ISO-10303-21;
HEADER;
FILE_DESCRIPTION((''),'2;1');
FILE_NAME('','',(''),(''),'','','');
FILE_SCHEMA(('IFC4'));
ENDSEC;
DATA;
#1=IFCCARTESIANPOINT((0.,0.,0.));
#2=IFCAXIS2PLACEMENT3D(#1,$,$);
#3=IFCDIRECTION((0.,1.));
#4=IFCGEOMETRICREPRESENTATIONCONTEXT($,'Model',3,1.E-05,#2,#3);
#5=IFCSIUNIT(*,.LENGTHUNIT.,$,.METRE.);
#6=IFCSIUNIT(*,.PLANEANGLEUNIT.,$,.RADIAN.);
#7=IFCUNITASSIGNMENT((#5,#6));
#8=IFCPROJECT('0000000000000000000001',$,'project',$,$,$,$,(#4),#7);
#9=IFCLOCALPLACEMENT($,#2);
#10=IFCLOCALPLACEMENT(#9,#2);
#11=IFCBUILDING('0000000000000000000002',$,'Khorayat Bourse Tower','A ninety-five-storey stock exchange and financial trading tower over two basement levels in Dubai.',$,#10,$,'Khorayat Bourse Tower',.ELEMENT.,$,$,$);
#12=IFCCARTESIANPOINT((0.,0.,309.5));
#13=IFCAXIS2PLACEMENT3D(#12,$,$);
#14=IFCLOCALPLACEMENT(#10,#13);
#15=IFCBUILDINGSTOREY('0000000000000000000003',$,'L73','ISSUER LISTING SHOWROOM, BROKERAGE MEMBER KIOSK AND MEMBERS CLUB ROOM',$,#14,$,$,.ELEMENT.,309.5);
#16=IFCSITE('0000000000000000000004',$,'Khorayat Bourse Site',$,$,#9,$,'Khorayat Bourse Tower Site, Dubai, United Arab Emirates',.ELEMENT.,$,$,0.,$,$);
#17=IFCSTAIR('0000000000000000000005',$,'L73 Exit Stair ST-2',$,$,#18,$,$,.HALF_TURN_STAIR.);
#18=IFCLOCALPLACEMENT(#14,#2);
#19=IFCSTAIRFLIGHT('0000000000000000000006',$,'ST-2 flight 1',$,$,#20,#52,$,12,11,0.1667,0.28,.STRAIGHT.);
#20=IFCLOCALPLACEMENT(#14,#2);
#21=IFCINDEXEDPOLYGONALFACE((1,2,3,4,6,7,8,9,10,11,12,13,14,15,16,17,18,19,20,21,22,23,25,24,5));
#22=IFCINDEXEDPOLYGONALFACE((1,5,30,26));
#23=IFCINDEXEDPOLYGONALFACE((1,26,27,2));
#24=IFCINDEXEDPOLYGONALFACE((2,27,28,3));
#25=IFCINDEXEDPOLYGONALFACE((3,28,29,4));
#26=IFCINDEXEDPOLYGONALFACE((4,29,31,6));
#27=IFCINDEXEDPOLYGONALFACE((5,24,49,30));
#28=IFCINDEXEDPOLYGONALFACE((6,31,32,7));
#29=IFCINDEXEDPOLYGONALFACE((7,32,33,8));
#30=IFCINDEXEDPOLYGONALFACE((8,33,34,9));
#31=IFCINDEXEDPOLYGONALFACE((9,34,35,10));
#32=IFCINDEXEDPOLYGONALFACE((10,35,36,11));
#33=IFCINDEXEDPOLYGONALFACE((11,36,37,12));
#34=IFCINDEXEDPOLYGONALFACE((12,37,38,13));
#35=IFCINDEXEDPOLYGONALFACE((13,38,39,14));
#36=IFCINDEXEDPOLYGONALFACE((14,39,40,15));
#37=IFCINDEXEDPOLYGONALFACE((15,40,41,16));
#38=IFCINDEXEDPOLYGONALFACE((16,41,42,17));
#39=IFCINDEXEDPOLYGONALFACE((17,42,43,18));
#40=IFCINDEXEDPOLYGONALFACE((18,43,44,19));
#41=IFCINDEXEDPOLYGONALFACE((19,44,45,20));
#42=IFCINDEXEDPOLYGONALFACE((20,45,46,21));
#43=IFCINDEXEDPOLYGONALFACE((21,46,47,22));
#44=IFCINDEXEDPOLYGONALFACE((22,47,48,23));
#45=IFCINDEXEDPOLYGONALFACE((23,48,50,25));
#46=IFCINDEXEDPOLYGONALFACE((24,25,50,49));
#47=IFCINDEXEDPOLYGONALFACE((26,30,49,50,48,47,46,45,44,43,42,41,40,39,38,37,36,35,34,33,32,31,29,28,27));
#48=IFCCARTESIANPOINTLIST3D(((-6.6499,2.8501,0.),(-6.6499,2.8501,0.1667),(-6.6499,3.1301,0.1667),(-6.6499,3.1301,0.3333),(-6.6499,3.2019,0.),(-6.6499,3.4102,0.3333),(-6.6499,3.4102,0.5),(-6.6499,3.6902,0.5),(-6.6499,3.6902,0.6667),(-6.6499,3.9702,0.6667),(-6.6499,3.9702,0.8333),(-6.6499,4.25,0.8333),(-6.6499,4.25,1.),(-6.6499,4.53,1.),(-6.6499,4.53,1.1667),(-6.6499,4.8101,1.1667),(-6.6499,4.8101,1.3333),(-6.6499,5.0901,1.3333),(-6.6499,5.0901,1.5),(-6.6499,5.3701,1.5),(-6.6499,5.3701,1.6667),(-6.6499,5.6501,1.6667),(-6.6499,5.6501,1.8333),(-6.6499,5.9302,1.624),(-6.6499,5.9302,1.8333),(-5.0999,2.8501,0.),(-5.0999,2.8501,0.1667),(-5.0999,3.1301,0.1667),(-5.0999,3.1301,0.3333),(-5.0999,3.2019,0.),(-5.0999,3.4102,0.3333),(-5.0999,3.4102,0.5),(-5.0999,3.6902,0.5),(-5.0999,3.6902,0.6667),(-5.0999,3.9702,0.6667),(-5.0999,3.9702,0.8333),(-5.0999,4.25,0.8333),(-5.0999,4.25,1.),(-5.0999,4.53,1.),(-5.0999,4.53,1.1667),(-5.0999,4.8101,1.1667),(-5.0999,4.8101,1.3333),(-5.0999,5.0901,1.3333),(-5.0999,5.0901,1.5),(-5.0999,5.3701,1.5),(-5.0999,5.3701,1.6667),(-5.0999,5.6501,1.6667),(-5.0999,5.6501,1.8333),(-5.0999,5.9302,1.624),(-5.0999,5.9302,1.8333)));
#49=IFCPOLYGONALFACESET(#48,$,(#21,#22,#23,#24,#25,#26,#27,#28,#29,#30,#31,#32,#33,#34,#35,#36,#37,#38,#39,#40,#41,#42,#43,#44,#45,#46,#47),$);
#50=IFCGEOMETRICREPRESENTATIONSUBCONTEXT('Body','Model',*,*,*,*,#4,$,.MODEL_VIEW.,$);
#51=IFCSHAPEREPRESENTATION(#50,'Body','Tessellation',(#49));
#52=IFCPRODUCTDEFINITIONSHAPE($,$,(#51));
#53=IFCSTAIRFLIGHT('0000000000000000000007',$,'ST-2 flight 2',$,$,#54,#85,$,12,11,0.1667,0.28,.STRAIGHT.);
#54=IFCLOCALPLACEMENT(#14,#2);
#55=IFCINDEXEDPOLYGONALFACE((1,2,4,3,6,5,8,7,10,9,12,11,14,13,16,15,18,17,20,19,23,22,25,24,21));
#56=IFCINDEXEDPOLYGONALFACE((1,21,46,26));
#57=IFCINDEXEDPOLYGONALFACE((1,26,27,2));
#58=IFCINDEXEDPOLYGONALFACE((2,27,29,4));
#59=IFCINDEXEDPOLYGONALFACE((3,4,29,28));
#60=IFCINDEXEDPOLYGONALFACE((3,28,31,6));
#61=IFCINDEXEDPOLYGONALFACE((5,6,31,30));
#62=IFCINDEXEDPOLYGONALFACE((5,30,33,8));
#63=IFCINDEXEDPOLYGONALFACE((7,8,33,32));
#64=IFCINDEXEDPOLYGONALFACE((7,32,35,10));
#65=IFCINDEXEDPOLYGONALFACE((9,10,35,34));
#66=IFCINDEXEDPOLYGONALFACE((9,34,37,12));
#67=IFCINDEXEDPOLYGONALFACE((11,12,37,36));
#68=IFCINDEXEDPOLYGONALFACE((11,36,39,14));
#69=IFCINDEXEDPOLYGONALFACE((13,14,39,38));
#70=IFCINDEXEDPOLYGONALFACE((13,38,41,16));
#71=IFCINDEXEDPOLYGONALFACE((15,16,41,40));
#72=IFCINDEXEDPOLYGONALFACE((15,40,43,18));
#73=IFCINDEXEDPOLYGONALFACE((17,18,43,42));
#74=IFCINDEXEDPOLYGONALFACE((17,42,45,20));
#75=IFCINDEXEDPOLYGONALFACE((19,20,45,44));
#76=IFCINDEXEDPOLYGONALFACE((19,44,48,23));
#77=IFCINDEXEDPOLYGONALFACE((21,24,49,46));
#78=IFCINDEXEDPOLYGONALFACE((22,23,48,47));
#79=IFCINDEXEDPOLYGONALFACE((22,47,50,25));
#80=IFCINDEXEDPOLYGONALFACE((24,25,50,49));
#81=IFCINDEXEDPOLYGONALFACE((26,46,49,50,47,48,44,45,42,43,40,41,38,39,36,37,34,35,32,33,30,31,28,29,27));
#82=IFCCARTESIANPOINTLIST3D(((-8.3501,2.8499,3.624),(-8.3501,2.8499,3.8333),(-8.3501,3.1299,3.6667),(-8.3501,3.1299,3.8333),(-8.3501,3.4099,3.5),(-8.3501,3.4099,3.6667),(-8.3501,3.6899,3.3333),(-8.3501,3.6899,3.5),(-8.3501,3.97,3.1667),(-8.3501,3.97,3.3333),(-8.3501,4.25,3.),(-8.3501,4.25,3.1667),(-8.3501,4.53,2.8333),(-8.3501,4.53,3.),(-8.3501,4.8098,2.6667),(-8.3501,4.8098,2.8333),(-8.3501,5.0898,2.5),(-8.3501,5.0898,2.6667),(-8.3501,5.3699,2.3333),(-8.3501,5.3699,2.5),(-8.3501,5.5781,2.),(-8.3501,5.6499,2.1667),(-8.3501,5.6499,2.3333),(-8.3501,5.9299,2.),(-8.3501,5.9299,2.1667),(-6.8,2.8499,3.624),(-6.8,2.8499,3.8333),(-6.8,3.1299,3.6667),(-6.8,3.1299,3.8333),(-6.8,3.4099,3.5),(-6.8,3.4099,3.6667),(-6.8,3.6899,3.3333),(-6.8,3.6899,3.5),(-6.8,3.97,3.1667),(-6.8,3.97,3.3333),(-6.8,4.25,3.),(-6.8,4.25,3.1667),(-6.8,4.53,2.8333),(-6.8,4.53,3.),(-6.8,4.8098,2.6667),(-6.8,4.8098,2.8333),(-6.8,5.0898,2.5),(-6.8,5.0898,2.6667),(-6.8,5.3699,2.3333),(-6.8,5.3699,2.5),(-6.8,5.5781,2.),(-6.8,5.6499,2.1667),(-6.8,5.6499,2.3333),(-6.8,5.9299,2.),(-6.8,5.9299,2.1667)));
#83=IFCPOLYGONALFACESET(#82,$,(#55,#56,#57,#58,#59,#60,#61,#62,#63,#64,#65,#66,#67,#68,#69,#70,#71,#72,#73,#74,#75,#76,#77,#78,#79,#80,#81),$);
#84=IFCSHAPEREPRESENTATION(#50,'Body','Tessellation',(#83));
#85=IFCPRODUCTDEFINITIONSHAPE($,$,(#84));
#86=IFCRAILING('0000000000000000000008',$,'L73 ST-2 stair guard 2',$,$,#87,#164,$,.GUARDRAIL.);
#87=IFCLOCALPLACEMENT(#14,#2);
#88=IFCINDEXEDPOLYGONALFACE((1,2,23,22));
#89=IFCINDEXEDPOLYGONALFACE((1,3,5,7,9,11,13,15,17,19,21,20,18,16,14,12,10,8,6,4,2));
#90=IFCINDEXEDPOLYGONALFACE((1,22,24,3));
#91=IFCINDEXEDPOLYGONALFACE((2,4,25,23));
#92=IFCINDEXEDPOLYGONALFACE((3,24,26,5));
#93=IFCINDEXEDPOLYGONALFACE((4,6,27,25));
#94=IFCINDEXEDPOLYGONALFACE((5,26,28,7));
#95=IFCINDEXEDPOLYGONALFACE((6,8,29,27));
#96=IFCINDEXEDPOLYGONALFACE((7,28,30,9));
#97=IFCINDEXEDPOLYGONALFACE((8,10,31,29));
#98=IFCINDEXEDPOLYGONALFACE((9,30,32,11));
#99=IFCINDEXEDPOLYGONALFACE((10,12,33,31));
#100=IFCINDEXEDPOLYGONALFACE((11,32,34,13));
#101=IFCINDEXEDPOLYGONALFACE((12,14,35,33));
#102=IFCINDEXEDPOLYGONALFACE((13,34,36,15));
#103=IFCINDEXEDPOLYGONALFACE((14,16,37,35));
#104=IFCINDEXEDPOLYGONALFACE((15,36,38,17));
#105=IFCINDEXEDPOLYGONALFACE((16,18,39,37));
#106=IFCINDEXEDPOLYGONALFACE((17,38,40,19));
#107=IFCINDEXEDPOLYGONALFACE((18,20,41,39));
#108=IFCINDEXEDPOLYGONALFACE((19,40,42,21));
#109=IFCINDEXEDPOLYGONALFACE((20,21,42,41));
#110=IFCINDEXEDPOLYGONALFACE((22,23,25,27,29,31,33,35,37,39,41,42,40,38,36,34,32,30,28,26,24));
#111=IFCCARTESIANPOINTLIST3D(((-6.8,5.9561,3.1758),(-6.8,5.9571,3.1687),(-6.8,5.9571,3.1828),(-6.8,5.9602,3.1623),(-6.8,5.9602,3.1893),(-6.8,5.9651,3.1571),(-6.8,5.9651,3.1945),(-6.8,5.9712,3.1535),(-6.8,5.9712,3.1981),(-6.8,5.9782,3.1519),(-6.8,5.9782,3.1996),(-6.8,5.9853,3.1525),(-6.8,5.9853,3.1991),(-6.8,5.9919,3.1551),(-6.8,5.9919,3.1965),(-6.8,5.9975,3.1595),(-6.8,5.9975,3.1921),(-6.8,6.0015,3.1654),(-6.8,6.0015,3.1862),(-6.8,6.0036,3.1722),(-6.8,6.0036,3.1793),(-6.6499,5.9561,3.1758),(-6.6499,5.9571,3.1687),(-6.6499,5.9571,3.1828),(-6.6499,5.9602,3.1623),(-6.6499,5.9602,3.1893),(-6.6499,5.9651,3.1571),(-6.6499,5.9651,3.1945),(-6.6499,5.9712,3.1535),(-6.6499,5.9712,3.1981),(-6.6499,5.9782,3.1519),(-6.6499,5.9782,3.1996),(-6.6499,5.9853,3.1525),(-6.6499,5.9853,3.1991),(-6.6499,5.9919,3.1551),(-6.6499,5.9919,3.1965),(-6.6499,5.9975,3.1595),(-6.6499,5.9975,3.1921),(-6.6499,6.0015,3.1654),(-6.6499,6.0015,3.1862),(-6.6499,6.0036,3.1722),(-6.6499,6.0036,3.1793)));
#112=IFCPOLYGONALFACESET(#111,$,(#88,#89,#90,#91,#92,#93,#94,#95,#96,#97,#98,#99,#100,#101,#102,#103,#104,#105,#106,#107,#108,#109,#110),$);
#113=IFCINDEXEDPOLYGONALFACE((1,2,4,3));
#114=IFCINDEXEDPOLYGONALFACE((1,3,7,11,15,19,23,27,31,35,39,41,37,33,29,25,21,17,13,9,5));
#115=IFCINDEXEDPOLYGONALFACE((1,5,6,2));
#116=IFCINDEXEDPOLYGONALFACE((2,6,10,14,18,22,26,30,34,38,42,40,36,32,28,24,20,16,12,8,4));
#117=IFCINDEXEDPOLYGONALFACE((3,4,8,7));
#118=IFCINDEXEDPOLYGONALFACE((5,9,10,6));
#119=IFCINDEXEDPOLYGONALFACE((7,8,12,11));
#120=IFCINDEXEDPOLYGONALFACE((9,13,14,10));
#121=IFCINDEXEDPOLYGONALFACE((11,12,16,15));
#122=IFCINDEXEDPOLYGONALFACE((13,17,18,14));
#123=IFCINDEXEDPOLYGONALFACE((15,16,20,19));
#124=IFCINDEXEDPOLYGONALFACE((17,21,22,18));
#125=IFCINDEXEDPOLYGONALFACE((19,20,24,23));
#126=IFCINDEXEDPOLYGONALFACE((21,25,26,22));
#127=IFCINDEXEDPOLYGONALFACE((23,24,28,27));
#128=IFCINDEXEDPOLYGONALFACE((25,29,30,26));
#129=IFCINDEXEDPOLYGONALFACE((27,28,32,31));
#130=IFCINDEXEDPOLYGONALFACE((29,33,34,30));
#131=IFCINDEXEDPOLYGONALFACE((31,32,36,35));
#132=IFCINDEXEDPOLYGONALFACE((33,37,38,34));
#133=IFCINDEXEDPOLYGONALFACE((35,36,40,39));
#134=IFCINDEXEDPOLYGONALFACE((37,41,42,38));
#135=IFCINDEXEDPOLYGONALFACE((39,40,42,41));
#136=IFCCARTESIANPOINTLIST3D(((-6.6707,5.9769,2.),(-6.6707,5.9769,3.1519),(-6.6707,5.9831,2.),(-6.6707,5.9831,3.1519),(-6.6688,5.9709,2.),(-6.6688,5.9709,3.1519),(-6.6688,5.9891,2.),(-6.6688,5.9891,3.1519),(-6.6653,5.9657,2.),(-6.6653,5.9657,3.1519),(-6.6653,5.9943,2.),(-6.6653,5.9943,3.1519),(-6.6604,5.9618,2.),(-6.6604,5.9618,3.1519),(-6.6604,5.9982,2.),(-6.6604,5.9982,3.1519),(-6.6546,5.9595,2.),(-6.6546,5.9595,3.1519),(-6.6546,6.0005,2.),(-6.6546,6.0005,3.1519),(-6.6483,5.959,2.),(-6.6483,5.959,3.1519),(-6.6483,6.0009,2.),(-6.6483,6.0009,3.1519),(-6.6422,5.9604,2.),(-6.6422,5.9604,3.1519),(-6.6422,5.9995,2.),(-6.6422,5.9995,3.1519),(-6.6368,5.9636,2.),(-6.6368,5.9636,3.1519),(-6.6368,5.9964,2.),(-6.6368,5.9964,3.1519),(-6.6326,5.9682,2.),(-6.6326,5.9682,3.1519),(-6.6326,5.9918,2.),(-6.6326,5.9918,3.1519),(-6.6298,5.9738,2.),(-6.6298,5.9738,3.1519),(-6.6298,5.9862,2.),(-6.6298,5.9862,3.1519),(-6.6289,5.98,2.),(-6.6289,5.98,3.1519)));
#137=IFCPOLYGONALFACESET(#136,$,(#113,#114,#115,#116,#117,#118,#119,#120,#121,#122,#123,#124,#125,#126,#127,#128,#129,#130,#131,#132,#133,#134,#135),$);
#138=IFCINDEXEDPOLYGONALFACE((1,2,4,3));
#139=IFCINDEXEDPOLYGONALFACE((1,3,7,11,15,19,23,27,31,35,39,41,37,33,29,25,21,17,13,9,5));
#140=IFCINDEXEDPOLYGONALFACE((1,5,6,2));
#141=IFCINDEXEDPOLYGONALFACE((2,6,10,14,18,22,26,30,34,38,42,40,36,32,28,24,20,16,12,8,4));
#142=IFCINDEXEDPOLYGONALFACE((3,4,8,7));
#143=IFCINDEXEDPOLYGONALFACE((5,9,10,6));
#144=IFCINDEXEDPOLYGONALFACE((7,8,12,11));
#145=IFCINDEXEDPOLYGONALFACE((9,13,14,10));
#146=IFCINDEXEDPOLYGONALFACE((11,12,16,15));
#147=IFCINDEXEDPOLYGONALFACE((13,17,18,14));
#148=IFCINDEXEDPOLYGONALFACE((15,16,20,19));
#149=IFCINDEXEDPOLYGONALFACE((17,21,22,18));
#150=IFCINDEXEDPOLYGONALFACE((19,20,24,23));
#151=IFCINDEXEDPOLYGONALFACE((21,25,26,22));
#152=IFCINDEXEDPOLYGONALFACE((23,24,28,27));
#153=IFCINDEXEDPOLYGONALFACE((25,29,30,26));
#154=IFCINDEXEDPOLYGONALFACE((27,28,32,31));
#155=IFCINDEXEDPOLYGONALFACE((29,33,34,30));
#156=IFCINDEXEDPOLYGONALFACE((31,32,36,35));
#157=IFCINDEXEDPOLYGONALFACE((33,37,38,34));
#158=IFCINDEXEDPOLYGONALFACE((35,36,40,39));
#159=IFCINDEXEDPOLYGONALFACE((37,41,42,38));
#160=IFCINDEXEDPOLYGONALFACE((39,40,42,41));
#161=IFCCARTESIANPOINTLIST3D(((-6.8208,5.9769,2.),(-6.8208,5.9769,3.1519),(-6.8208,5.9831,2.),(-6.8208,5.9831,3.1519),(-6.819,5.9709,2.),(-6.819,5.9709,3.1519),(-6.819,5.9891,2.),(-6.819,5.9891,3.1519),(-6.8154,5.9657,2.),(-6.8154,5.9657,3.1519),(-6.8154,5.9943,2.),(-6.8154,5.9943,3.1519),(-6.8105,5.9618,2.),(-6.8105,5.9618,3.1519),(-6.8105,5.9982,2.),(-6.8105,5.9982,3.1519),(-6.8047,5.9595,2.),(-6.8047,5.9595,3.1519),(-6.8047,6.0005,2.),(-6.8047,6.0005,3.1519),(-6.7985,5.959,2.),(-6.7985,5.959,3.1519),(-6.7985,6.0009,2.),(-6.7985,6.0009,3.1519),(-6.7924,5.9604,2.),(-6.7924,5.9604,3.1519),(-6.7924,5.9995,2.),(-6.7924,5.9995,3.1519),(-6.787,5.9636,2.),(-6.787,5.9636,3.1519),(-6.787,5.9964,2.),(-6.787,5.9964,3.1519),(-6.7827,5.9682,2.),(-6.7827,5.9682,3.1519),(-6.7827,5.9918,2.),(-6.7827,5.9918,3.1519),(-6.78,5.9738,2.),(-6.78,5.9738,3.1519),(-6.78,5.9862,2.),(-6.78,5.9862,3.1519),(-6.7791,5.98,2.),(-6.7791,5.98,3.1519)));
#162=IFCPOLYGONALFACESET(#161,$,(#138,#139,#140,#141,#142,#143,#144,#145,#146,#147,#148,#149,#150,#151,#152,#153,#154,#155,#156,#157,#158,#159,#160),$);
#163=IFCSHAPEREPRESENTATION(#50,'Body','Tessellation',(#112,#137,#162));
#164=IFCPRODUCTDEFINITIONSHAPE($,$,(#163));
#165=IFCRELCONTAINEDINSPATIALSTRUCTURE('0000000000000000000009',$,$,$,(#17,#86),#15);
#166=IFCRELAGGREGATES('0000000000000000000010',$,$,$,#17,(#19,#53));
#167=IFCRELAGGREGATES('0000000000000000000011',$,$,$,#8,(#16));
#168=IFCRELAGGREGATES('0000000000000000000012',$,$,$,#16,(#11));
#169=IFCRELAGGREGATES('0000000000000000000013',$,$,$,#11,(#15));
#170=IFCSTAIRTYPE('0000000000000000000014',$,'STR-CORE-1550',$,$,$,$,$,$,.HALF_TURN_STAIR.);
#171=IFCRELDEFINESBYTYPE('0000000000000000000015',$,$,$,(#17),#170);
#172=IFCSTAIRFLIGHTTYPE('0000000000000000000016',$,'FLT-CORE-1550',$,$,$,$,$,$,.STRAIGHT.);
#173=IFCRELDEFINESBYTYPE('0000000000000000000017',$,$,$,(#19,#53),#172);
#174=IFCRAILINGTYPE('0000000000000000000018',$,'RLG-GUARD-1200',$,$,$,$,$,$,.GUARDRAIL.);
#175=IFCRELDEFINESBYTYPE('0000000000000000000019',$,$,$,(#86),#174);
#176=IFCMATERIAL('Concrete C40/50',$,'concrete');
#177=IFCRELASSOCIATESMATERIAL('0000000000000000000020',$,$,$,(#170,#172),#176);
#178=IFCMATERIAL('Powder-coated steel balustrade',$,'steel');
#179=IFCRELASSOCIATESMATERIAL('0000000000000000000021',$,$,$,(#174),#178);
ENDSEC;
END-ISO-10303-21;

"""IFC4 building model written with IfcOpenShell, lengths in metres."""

from ifc_helpers import new_model, si_unit, direction, frame, origin, origin_2d, place, context, subcontext, project, spatial, polyline, circle, outline, extrude, source, transform, mapped, material, type_object, element, aggregate, save


model = new_model("IFC4")

# Units and contexts
model_context = context("Model", 3, precision=1e-05, world=origin(), true_north=direction((0.0, 1.0)))
body_context = subcontext(model_context, "Body", "Model", "MODEL_VIEW")
ifc_project = project(units=[si_unit("LENGTHUNIT", "METRE"), si_unit("PLANEANGLEUNIT", "RADIAN")], contexts=[model_context])

# Site, building, storey
site_placement = place(None, origin())
site = spatial("IfcSite", under=ifc_project, at=site_placement, Name="Khorayat Bourse Site", LongName="Khorayat Bourse Tower Site, Dubai, United Arab Emirates", CompositionType="ELEMENT", RefElevation=0.0)
building_placement = place(site_placement, origin())
building = spatial("IfcBuilding", under=site, at=building_placement, Name="Khorayat Bourse Tower", Description="A ninety-five-storey stock exchange and financial trading tower over two basement levels in Dubai.", LongName="Khorayat Bourse Tower", CompositionType="ELEMENT")
storey_placement = place(building_placement, frame((0.0, 0.0, 309.5)))
storey = spatial("IfcBuildingStorey", under=building, at=storey_placement, Name="L73", Description="ISSUER LISTING SHOWROOM, BROKERAGE MEMBER KIOSK AND MEMBERS CLUB ROOM", CompositionType="ELEMENT", Elevation=309.5)

# Stair, stair flights
ifc_material_1 = material(Name="Concrete C40/50", Category="concrete")
stair_type = type_object("IfcStairType", Name="STR-CORE-1550", PredefinedType="HALF_TURN_STAIR", material=ifc_material_1)
stair_placement = place(storey_placement, origin())
stair = element("IfcStair", 1, at=stair_placement, inside=storey, type_object=stair_type, Name="L73 Exit Stair ST-2", PredefinedType="HALF_TURN_STAIR")
stair_flight_type = type_object("IfcStairFlightType", Name="FLT-CORE-1550", PredefinedType="STRAIGHT", material=ifc_material_1)
shared_shape_1 = source(origin(), body_context, "Body", "SweptSolid", [
    extrude(outline(polyline([(0.0, 0.0), (0.0, 0.1667), (0.28, 0.1667), (0.28, 0.3333), (0.5601, 0.3333), (0.5601, 0.5), (0.8401, 0.5), (0.8401, 0.6667), (1.1201, 0.6667), (1.1201, 0.8333), (1.3999, 0.8333), (1.3999, 1.0), (1.6799, 1.0), (1.6799, 1.1667), (1.96, 1.1667), (1.96, 1.3333), (2.24, 1.3333), (2.24, 1.5), (2.52, 1.5), (2.52, 1.6667), (2.8, 1.6667), (2.8, 1.8333), (3.0801, 1.8333), (3.0801, 2.0), (3.0801, 1.624), (0.3518, 0.0), (0.0, 0.0)])), frame((0.0, 0.7749, 0.0), z_axis=(0.0, -1.0, 0.0), x_axis=(1.0, 0.0, 0.0)), (0.0, 0.0, 1.0), 1.55),
])
stair_flight_1_placement = place(storey_placement, frame((-5.875, 2.8501, 0.0), z_axis=(0.0, 0.0, 1.0), x_axis=(0.0, 1.0, 0.0)))
stair_flight_1 = element("IfcStairFlight", 2, at=stair_flight_1_placement, type_object=stair_flight_type, Name="ST-2 flight 1", NumberOfRisers=12, NumberOfTreads=11, PredefinedType="STRAIGHT", RiserHeight=0.1667, TreadLength=0.28, context=body_context, shape_type="MappedRepresentation", body=[
    mapped(shared_shape_1, transform((0.0, 0.0, 0.0), scale=1.0)),
])
stair_flight_2_placement = place(storey_placement, frame((-7.575, 5.9299, 2.0), z_axis=(0.0, 0.0, 1.0), x_axis=(0.0, -1.0, 0.0)))
stair_flight_2 = element("IfcStairFlight", 3, at=stair_flight_2_placement, type_object=stair_flight_type, Name="ST-2 flight 2", NumberOfRisers=12, NumberOfTreads=11, PredefinedType="STRAIGHT", RiserHeight=0.1667, TreadLength=0.28, context=body_context, shape_type="MappedRepresentation", body=[
    mapped(shared_shape_1, transform((0.0, 0.0, 0.0), scale=1.0)),
])
aggregate(stair, [stair_flight_1, stair_flight_2])

# Railing
ifc_material_2 = material(Name="Powder-coated steel balustrade", Category="steel")
railing_type_1 = type_object("IfcRailingType", Name="RLG-GUARD-1200", PredefinedType="GUARDRAIL", material=ifc_material_2)
shared_shape_2 = source(origin(), body_context, "Body", "SweptSolid", [
    extrude(circle(Radius=0.0239, at=origin_2d()), frame((0.0, 0.0, 1.1758), z_axis=(-1.0, 0.0, 0.0), x_axis=(0.0, -1.0, 0.0)), (0.0, 0.0, 1.0), 0.1501),
    extrude(circle(Radius=0.021, at=origin_2d()), origin(), (0.0, 0.0, 1.0), 1.1519),
    extrude(circle(Radius=0.021, at=origin_2d()), frame((-0.1501, 0.0, 0.0)), (0.0, 0.0, 1.0), 1.1519),
])
for number, where, name in (
    (4, (-6.6499, 5.98, 2.0), "L73 ST-2 stair guard 2"),
):
    element("IfcRailing", number, at=place(storey_placement, frame(where)), inside=storey, type_object=railing_type_1, Name=name, PredefinedType="GUARDRAIL", context=body_context, shape_type="MappedRepresentation", body=[
        mapped(shared_shape_2, transform((0.0, 0.0, 0.0), scale=1.0)),
    ])

save(model, "model.ifc")
